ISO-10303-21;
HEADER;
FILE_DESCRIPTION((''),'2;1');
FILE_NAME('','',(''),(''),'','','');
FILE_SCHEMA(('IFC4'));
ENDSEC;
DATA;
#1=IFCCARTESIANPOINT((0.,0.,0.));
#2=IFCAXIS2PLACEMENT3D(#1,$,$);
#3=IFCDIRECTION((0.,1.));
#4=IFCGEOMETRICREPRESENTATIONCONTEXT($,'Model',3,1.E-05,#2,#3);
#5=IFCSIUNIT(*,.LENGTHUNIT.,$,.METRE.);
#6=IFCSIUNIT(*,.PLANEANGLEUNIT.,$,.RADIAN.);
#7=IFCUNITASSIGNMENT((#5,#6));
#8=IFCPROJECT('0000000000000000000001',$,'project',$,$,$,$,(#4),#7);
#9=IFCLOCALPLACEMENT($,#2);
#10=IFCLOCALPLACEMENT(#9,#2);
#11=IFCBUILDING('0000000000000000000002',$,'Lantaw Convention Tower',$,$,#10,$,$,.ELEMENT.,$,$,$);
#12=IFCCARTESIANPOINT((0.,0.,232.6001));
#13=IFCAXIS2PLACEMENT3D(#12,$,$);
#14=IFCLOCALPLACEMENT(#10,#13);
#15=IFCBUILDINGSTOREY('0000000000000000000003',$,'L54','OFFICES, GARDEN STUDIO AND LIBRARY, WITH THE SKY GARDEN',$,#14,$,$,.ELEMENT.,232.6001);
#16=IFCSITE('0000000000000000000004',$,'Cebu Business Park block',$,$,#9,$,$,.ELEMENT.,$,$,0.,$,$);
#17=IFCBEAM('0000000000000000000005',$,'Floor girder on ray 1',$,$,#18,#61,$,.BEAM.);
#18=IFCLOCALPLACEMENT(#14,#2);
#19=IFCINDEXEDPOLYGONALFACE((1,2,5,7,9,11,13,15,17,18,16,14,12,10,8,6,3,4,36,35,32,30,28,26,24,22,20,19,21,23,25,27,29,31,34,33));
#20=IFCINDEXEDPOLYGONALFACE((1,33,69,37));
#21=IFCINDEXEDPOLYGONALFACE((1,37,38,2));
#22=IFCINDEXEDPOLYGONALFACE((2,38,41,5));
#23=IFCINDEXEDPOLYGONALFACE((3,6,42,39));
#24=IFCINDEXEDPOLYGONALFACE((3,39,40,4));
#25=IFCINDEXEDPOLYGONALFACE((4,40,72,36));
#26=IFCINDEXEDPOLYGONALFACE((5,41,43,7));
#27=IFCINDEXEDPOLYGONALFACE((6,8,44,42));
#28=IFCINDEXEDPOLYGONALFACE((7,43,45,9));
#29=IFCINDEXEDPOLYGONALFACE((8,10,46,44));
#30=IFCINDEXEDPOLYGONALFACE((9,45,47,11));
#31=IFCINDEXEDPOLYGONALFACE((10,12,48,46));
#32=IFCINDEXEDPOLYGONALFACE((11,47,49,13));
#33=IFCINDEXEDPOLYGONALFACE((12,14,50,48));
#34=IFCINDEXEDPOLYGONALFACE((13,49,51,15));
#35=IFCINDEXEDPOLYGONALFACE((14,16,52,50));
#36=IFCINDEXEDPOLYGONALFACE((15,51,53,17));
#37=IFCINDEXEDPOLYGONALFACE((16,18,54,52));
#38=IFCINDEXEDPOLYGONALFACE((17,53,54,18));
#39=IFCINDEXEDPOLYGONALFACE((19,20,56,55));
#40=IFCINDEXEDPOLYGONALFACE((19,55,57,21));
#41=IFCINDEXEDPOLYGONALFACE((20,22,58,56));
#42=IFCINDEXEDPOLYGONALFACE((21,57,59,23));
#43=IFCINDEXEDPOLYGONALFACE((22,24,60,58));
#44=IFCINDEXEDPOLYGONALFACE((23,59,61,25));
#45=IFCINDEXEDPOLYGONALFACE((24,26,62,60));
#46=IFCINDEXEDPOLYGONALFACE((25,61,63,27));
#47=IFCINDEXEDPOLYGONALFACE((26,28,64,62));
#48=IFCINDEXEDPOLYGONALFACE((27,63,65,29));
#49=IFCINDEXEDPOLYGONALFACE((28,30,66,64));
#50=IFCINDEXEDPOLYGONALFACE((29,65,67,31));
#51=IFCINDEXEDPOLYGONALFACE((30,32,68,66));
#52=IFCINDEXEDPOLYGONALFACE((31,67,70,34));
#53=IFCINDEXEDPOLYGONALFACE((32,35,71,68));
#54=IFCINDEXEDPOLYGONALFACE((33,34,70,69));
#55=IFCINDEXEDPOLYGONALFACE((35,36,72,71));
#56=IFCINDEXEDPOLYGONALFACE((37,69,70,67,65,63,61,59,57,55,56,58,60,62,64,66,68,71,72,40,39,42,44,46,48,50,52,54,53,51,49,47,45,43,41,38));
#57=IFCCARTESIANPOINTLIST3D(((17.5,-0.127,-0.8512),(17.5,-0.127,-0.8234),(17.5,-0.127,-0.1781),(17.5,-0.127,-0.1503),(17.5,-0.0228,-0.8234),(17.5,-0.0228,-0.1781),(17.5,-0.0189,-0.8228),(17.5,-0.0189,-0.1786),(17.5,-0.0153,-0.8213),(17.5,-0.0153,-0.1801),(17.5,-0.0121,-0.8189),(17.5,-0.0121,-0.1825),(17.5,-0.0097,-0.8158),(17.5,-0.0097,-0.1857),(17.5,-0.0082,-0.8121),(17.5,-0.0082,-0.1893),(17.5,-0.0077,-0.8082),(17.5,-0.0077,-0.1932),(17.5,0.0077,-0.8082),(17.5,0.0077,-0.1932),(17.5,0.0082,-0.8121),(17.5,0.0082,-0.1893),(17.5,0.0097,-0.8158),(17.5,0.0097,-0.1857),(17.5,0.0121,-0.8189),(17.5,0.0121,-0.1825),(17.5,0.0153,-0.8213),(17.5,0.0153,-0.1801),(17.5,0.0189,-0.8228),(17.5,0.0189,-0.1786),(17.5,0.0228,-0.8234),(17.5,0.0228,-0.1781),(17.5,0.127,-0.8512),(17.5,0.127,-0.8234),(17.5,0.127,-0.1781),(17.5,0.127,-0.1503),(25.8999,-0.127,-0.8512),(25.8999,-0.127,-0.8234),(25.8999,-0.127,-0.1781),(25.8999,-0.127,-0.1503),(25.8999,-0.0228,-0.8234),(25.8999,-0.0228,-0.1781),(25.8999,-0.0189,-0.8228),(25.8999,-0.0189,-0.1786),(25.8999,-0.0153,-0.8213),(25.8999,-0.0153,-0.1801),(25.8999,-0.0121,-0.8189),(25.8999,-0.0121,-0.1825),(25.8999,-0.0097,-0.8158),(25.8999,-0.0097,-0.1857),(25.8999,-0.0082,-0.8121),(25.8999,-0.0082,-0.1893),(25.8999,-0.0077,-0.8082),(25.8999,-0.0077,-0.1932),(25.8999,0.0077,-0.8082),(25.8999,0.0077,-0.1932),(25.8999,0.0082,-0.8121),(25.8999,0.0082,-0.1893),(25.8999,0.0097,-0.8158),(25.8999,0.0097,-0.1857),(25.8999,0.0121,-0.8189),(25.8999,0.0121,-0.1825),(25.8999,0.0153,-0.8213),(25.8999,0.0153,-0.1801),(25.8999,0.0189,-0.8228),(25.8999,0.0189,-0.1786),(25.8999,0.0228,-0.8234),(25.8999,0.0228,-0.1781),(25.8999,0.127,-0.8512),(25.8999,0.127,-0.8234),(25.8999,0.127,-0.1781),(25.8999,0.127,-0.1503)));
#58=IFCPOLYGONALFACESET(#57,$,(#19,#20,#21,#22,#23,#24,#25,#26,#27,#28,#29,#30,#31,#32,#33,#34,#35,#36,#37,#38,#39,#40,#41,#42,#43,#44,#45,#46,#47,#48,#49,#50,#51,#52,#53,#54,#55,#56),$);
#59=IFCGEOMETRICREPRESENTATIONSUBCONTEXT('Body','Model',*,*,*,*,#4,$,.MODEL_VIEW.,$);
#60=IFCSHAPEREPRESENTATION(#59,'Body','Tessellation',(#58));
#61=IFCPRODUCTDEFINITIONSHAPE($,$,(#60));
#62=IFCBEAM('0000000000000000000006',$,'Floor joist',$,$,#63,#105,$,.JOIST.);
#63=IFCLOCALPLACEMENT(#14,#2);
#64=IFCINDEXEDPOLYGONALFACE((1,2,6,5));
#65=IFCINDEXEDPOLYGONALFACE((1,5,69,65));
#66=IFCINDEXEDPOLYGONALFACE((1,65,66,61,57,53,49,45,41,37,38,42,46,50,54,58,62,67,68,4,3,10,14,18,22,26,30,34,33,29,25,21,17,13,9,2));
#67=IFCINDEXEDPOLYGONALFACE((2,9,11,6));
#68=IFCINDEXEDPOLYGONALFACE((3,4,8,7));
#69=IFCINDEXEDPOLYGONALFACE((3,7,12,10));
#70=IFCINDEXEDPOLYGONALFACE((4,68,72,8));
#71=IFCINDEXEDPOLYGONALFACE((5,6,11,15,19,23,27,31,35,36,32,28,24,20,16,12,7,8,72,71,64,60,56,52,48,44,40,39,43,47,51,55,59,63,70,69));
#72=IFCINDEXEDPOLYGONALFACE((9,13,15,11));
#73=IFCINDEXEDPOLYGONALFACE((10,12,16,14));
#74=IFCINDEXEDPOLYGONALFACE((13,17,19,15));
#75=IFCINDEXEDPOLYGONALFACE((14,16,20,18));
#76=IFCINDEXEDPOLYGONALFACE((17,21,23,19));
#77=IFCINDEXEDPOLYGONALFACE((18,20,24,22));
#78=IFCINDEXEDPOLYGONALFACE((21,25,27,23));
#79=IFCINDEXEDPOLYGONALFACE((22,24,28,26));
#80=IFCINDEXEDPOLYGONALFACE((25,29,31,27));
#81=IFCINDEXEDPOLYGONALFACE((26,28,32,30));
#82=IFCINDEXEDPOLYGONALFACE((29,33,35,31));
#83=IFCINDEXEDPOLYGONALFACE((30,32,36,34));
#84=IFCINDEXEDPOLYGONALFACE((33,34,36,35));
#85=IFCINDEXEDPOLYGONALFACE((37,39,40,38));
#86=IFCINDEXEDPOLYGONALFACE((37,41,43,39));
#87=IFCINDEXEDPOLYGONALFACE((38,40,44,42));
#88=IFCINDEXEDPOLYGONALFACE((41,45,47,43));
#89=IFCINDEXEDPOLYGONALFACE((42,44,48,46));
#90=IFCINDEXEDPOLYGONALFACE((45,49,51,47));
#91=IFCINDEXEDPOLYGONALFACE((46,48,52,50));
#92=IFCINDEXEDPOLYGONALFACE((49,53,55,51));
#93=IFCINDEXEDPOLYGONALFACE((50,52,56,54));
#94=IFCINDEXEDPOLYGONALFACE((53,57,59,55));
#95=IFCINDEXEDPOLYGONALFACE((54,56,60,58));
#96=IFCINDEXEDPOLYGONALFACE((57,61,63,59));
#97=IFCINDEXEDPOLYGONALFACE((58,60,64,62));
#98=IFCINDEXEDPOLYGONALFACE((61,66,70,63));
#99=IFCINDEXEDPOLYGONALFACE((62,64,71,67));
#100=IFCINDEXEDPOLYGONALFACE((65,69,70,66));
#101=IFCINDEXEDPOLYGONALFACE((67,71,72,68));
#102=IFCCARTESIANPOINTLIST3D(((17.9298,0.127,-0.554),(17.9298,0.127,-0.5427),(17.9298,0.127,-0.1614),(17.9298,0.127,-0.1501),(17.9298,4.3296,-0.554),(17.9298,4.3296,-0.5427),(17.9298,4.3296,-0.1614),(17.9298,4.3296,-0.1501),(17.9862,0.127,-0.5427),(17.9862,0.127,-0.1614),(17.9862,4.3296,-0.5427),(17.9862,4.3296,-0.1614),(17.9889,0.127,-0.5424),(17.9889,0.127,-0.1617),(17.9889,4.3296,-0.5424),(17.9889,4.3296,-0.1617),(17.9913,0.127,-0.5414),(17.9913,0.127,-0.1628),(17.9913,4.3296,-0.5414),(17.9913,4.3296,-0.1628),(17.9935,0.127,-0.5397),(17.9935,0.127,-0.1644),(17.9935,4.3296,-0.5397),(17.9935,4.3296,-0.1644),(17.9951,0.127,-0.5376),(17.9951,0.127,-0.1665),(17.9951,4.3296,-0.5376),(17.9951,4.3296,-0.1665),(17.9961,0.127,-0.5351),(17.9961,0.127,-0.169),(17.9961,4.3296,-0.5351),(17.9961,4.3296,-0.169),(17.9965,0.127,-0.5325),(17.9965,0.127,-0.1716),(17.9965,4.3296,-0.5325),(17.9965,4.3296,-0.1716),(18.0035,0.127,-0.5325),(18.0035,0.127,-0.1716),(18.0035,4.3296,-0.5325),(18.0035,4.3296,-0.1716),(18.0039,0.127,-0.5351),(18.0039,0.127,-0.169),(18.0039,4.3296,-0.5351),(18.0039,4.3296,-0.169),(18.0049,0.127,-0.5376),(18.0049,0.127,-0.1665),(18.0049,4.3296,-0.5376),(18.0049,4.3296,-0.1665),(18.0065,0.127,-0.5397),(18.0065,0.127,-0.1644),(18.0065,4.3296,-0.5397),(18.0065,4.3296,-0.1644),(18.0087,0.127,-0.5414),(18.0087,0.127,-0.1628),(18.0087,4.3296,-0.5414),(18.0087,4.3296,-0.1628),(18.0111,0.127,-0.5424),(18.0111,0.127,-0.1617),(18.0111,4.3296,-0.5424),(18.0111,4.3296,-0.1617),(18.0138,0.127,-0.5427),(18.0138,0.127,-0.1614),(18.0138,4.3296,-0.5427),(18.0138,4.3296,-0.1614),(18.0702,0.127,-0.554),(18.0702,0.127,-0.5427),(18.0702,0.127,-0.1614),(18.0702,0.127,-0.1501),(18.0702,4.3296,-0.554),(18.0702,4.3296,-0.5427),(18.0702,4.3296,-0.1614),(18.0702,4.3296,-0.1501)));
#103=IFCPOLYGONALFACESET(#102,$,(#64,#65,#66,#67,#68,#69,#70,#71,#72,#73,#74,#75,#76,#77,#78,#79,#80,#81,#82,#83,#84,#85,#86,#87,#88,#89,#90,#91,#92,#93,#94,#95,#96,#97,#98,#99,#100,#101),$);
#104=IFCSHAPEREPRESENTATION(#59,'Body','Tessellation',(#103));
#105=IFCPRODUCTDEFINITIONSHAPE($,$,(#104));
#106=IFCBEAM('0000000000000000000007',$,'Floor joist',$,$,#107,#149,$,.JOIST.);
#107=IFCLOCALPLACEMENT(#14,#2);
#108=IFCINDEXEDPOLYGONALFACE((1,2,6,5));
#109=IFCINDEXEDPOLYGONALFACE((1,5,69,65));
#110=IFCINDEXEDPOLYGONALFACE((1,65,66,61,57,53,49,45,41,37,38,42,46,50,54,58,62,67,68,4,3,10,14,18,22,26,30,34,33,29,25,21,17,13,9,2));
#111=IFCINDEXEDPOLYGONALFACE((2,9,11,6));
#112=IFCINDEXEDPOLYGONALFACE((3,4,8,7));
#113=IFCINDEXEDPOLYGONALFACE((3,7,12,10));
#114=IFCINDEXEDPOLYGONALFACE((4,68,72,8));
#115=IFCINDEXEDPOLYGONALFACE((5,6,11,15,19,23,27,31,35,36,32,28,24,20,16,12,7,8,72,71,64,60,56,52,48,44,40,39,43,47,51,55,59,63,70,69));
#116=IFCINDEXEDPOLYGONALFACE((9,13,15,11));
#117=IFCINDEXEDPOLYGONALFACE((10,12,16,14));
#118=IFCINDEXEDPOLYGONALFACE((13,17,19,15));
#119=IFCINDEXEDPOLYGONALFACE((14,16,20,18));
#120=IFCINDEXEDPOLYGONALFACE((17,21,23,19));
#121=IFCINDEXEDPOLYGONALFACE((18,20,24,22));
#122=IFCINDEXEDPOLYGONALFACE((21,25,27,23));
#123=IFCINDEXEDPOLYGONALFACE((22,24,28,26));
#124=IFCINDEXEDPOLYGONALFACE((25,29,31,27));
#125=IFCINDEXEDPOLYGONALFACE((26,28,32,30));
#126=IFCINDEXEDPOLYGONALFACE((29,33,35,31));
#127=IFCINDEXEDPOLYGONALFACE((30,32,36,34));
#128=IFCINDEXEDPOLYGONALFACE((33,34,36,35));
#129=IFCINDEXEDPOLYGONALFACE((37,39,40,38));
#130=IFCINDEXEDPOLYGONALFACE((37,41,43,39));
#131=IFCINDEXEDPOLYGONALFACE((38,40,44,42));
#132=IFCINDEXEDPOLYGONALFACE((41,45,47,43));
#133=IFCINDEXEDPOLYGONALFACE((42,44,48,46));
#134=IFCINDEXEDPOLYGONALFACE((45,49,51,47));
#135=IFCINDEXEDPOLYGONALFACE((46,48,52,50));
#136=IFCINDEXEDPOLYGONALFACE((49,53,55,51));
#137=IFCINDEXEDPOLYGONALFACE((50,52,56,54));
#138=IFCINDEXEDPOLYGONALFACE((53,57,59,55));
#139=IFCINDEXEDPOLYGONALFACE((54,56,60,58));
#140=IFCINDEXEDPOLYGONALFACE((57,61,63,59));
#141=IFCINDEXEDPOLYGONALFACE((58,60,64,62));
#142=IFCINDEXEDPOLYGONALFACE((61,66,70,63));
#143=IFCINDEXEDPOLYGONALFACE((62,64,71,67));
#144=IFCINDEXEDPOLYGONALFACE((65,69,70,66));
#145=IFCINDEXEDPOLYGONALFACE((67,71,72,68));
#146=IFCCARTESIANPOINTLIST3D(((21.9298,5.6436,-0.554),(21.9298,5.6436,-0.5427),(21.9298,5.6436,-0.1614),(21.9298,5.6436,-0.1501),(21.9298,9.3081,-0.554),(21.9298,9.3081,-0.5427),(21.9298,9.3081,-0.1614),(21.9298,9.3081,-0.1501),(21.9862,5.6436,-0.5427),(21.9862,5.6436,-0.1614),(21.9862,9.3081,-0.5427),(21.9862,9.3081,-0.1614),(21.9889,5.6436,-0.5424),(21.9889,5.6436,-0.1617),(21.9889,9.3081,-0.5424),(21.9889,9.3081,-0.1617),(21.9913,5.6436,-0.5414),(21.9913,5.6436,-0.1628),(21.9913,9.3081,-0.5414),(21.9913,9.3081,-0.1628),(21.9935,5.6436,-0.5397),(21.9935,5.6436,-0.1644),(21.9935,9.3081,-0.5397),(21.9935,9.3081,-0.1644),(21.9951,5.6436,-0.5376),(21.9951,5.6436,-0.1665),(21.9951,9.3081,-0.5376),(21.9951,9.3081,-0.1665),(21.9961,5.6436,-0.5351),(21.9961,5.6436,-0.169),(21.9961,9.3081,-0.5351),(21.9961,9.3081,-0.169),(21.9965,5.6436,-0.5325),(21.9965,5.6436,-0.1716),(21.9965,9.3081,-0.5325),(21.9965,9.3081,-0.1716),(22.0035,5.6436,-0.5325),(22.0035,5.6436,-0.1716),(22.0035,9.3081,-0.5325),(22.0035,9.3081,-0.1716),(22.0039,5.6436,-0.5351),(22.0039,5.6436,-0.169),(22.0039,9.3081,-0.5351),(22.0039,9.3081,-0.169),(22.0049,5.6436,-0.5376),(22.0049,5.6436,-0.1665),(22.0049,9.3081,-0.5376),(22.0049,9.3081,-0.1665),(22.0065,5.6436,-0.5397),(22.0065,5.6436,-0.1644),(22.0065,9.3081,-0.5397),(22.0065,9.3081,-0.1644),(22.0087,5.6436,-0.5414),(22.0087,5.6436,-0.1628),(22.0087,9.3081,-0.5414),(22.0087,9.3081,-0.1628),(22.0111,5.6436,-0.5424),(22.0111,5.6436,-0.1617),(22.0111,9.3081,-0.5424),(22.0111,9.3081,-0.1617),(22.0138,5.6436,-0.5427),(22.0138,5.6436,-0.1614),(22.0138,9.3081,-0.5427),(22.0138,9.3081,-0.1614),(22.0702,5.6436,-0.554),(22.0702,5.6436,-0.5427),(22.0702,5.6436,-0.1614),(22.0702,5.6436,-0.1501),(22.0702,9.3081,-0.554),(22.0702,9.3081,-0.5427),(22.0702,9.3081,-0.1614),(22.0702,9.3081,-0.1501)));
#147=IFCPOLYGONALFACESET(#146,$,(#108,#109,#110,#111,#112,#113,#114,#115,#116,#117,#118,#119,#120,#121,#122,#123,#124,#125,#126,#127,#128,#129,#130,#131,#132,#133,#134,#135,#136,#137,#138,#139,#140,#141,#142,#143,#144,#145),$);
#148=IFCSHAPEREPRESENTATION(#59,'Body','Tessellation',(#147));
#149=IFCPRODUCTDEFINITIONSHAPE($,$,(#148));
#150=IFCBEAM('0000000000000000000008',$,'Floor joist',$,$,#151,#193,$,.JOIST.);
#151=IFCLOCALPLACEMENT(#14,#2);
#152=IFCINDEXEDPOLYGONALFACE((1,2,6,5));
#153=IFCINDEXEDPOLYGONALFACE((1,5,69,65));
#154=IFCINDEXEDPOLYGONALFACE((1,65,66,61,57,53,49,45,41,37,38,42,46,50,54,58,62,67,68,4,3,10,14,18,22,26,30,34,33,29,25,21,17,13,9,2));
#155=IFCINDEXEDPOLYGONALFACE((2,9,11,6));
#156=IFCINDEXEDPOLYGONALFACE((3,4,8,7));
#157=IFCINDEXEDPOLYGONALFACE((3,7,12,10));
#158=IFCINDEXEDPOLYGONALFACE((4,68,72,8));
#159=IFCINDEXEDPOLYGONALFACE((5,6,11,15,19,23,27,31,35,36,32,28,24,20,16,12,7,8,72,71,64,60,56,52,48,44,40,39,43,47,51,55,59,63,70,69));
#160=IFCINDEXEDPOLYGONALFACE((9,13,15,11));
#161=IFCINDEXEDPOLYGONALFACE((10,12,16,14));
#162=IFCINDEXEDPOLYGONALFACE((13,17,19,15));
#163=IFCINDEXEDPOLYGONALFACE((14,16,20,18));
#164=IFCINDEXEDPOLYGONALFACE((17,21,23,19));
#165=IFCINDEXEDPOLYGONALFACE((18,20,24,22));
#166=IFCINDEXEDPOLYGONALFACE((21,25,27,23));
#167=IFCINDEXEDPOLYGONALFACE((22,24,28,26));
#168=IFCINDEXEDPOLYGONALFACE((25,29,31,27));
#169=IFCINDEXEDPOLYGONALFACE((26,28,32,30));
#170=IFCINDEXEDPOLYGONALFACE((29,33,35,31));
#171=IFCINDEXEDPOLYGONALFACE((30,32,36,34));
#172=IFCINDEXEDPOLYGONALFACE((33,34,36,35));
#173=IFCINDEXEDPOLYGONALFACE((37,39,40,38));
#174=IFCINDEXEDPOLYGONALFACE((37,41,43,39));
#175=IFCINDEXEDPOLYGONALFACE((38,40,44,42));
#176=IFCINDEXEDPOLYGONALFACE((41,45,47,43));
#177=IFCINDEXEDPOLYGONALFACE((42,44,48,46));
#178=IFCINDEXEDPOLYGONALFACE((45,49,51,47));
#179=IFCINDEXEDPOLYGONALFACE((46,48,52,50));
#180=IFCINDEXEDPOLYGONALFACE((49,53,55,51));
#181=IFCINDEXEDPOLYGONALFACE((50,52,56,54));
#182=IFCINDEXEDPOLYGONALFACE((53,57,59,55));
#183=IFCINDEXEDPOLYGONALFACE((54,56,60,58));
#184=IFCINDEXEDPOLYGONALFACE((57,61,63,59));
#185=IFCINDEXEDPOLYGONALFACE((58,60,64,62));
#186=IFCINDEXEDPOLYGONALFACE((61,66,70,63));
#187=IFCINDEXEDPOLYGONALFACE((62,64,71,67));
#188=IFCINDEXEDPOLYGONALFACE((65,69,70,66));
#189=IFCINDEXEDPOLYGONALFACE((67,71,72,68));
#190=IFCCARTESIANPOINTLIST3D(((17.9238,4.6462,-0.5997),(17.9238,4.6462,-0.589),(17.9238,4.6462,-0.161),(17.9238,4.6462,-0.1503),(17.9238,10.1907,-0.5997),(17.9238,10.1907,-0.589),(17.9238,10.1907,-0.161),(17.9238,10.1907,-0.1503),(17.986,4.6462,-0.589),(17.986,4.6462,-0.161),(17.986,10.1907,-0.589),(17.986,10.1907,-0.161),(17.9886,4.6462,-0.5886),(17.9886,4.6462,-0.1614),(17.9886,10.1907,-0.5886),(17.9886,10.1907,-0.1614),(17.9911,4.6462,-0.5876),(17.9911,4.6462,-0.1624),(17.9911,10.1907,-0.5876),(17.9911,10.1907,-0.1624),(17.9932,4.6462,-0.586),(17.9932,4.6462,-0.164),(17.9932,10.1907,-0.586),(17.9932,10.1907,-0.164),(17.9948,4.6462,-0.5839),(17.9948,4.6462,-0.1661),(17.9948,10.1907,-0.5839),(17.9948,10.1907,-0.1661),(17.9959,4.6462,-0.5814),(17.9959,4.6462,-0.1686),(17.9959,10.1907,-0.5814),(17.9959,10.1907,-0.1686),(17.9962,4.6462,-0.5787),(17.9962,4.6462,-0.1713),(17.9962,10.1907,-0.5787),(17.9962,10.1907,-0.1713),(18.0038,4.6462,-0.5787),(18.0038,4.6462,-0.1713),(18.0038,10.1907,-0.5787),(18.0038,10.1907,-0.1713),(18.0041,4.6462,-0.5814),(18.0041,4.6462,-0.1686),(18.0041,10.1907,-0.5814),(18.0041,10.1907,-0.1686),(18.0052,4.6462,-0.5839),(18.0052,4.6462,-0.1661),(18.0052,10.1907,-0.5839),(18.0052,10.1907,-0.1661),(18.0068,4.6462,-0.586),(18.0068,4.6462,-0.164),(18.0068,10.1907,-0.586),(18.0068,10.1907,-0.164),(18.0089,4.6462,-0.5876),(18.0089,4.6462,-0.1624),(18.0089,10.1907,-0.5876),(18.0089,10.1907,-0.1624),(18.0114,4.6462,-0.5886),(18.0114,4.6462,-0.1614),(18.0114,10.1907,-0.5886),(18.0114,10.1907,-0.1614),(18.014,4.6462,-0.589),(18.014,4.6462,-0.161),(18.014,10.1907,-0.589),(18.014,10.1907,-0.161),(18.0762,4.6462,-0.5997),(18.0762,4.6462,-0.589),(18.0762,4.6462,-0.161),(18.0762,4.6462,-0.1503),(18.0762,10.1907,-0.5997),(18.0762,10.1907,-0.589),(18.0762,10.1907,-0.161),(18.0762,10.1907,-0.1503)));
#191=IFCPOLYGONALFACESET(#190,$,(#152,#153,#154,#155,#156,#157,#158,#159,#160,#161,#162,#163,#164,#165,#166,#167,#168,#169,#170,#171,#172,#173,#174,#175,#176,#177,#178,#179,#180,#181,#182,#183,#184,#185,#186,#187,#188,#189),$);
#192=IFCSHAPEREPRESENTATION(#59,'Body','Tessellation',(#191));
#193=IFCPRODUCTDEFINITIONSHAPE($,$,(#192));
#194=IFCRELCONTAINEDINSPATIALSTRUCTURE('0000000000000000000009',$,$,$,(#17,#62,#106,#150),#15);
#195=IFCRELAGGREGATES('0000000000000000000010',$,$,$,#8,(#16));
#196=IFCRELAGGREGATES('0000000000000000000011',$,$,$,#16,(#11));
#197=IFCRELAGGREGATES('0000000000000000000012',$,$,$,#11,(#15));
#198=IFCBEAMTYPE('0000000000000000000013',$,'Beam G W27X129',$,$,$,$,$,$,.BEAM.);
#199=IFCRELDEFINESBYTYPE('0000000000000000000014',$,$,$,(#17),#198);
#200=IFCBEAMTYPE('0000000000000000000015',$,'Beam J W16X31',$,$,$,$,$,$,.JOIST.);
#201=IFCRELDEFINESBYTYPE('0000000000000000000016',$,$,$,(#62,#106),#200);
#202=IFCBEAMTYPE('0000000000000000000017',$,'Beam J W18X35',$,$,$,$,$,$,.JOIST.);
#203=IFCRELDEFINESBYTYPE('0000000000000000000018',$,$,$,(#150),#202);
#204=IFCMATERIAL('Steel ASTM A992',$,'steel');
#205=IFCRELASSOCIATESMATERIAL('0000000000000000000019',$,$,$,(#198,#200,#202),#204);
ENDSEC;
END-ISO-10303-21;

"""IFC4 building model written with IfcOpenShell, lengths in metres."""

from ifc_helpers import new_model, si_unit, direction, frame, origin, origin_2d, place, context, subcontext, project, spatial, i_section, extrude, material, material_profile, profile_set, type_object, element, save


model = new_model("IFC4")

# Units and contexts
model_context = context("Model", 3, precision=1e-05, world=origin(), true_north=direction((0.0, 1.0)))
body_context = subcontext(model_context, "Body", "Model", "MODEL_VIEW")
ifc_project = project(units=[si_unit("LENGTHUNIT", "METRE"), si_unit("PLANEANGLEUNIT", "RADIAN")], contexts=[model_context])

# Site, building, storey
site_placement = place(None, origin())
site = spatial("IfcSite", under=ifc_project, at=site_placement, Name="Cebu Business Park block", CompositionType="ELEMENT", RefElevation=0.0)
building_placement = place(site_placement, origin())
building = spatial("IfcBuilding", under=site, at=building_placement, Name="Lantaw Convention Tower", CompositionType="ELEMENT")
storey_placement = place(building_placement, frame((0.0, 0.0, 232.6001)))
storey = spatial("IfcBuildingStorey", under=building, at=storey_placement, Name="L54", Description="OFFICES, GARDEN STUDIO AND LIBRARY, WITH THE SKY GARDEN", CompositionType="ELEMENT", Elevation=232.6001)

# Beams
ifc_material_1 = material(Name="Steel ASTM A992", Category="steel")
ifc_material_profile_1 = material_profile(ifc_material_1, i_section(OverallWidth=0.2539, OverallDepth=0.7009, WebThickness=0.0154, FlangeThickness=0.0278, FilletRadius=0.0151, at=origin_2d()), Name="W27X129")
ifc_profile_set_1 = profile_set([ifc_material_profile_1], Name="Steel ASTM A992")
beam_type_1 = type_object("IfcBeamType", Name="Beam G W27X129", PredefinedType="BEAM", material=ifc_profile_set_1)
beam_1_placement = place(storey_placement, frame((17.5, 0.0, -0.5007), z_axis=(1.0, 0.0, 0.0), x_axis=(0.0, 1.0, 0.0)))
element("IfcBeam", 1, at=beam_1_placement, inside=storey, type_object=beam_type_1, Name="Floor girder on ray 1", PredefinedType="BEAM", context=body_context, shape_type="SweptSolid", body=[
    extrude(i_section(OverallWidth=0.2539, OverallDepth=0.7009, WebThickness=0.0154, FlangeThickness=0.0278, FilletRadius=0.0151, at=origin_2d()), origin(), (0.0, 0.0, 1.0), 8.3999),
])
ifc_material_profile_2 = material_profile(ifc_material_1, i_section(OverallWidth=0.1404, OverallDepth=0.4038, WebThickness=0.0071, FlangeThickness=0.0112, FilletRadius=0.0103, at=origin_2d()), Name="W16X31")
ifc_profile_set_2 = profile_set([ifc_material_profile_2], Name="Steel ASTM A992")
beam_type_2 = type_object("IfcBeamType", Name="Beam J W16X31", PredefinedType="JOIST", material=ifc_profile_set_2)
beam_2_placement = place(storey_placement, frame((18.0, 0.127, -0.3521), z_axis=(0.0, 1.0, 0.0), x_axis=(-1.0, 0.0, 0.0)))
element("IfcBeam", 2, at=beam_2_placement, inside=storey, type_object=beam_type_2, Name="Floor joist", PredefinedType="JOIST", context=body_context, shape_type="SweptSolid", body=[
    extrude(i_section(OverallWidth=0.1404, OverallDepth=0.4038, WebThickness=0.0071, FlangeThickness=0.0112, FilletRadius=0.0103, at=origin_2d()), origin(), (0.0, 0.0, 1.0), 4.2026),
])
beam_3_placement = place(storey_placement, frame((22.0, 5.6436, -0.3521), z_axis=(0.0, 1.0, 0.0), x_axis=(-1.0, 0.0, 0.0)))
element("IfcBeam", 3, at=beam_3_placement, inside=storey, type_object=beam_type_2, Name="Floor joist", PredefinedType="JOIST", context=body_context, shape_type="SweptSolid", body=[
    extrude(i_section(OverallWidth=0.1404, OverallDepth=0.4038, WebThickness=0.0071, FlangeThickness=0.0112, FilletRadius=0.0103, at=origin_2d()), origin(), (0.0, 0.0, 1.0), 3.6646),
])
ifc_material_profile_3 = material_profile(ifc_material_1, i_section(OverallWidth=0.1523, OverallDepth=0.4495, WebThickness=0.0076, FlangeThickness=0.0107, FilletRadius=0.0103, at=origin_2d()), Name="W18X35")
ifc_profile_set_3 = profile_set([ifc_material_profile_3], Name="Steel ASTM A992")
beam_type_3 = type_object("IfcBeamType", Name="Beam J W18X35", PredefinedType="JOIST", material=ifc_profile_set_3)
beam_4_placement = place(storey_placement, frame((18.0, 4.6462, -0.375), z_axis=(0.0, 1.0, 0.0), x_axis=(-1.0, 0.0, 0.0)))
element("IfcBeam", 4, at=beam_4_placement, inside=storey, type_object=beam_type_3, Name="Floor joist", PredefinedType="JOIST", context=body_context, shape_type="SweptSolid", body=[
    extrude(i_section(OverallWidth=0.1523, OverallDepth=0.4495, WebThickness=0.0076, FlangeThickness=0.0107, FilletRadius=0.0103, at=origin_2d()), origin(), (0.0, 0.0, 1.0), 5.5444),
])

save(model, "model.ifc")
